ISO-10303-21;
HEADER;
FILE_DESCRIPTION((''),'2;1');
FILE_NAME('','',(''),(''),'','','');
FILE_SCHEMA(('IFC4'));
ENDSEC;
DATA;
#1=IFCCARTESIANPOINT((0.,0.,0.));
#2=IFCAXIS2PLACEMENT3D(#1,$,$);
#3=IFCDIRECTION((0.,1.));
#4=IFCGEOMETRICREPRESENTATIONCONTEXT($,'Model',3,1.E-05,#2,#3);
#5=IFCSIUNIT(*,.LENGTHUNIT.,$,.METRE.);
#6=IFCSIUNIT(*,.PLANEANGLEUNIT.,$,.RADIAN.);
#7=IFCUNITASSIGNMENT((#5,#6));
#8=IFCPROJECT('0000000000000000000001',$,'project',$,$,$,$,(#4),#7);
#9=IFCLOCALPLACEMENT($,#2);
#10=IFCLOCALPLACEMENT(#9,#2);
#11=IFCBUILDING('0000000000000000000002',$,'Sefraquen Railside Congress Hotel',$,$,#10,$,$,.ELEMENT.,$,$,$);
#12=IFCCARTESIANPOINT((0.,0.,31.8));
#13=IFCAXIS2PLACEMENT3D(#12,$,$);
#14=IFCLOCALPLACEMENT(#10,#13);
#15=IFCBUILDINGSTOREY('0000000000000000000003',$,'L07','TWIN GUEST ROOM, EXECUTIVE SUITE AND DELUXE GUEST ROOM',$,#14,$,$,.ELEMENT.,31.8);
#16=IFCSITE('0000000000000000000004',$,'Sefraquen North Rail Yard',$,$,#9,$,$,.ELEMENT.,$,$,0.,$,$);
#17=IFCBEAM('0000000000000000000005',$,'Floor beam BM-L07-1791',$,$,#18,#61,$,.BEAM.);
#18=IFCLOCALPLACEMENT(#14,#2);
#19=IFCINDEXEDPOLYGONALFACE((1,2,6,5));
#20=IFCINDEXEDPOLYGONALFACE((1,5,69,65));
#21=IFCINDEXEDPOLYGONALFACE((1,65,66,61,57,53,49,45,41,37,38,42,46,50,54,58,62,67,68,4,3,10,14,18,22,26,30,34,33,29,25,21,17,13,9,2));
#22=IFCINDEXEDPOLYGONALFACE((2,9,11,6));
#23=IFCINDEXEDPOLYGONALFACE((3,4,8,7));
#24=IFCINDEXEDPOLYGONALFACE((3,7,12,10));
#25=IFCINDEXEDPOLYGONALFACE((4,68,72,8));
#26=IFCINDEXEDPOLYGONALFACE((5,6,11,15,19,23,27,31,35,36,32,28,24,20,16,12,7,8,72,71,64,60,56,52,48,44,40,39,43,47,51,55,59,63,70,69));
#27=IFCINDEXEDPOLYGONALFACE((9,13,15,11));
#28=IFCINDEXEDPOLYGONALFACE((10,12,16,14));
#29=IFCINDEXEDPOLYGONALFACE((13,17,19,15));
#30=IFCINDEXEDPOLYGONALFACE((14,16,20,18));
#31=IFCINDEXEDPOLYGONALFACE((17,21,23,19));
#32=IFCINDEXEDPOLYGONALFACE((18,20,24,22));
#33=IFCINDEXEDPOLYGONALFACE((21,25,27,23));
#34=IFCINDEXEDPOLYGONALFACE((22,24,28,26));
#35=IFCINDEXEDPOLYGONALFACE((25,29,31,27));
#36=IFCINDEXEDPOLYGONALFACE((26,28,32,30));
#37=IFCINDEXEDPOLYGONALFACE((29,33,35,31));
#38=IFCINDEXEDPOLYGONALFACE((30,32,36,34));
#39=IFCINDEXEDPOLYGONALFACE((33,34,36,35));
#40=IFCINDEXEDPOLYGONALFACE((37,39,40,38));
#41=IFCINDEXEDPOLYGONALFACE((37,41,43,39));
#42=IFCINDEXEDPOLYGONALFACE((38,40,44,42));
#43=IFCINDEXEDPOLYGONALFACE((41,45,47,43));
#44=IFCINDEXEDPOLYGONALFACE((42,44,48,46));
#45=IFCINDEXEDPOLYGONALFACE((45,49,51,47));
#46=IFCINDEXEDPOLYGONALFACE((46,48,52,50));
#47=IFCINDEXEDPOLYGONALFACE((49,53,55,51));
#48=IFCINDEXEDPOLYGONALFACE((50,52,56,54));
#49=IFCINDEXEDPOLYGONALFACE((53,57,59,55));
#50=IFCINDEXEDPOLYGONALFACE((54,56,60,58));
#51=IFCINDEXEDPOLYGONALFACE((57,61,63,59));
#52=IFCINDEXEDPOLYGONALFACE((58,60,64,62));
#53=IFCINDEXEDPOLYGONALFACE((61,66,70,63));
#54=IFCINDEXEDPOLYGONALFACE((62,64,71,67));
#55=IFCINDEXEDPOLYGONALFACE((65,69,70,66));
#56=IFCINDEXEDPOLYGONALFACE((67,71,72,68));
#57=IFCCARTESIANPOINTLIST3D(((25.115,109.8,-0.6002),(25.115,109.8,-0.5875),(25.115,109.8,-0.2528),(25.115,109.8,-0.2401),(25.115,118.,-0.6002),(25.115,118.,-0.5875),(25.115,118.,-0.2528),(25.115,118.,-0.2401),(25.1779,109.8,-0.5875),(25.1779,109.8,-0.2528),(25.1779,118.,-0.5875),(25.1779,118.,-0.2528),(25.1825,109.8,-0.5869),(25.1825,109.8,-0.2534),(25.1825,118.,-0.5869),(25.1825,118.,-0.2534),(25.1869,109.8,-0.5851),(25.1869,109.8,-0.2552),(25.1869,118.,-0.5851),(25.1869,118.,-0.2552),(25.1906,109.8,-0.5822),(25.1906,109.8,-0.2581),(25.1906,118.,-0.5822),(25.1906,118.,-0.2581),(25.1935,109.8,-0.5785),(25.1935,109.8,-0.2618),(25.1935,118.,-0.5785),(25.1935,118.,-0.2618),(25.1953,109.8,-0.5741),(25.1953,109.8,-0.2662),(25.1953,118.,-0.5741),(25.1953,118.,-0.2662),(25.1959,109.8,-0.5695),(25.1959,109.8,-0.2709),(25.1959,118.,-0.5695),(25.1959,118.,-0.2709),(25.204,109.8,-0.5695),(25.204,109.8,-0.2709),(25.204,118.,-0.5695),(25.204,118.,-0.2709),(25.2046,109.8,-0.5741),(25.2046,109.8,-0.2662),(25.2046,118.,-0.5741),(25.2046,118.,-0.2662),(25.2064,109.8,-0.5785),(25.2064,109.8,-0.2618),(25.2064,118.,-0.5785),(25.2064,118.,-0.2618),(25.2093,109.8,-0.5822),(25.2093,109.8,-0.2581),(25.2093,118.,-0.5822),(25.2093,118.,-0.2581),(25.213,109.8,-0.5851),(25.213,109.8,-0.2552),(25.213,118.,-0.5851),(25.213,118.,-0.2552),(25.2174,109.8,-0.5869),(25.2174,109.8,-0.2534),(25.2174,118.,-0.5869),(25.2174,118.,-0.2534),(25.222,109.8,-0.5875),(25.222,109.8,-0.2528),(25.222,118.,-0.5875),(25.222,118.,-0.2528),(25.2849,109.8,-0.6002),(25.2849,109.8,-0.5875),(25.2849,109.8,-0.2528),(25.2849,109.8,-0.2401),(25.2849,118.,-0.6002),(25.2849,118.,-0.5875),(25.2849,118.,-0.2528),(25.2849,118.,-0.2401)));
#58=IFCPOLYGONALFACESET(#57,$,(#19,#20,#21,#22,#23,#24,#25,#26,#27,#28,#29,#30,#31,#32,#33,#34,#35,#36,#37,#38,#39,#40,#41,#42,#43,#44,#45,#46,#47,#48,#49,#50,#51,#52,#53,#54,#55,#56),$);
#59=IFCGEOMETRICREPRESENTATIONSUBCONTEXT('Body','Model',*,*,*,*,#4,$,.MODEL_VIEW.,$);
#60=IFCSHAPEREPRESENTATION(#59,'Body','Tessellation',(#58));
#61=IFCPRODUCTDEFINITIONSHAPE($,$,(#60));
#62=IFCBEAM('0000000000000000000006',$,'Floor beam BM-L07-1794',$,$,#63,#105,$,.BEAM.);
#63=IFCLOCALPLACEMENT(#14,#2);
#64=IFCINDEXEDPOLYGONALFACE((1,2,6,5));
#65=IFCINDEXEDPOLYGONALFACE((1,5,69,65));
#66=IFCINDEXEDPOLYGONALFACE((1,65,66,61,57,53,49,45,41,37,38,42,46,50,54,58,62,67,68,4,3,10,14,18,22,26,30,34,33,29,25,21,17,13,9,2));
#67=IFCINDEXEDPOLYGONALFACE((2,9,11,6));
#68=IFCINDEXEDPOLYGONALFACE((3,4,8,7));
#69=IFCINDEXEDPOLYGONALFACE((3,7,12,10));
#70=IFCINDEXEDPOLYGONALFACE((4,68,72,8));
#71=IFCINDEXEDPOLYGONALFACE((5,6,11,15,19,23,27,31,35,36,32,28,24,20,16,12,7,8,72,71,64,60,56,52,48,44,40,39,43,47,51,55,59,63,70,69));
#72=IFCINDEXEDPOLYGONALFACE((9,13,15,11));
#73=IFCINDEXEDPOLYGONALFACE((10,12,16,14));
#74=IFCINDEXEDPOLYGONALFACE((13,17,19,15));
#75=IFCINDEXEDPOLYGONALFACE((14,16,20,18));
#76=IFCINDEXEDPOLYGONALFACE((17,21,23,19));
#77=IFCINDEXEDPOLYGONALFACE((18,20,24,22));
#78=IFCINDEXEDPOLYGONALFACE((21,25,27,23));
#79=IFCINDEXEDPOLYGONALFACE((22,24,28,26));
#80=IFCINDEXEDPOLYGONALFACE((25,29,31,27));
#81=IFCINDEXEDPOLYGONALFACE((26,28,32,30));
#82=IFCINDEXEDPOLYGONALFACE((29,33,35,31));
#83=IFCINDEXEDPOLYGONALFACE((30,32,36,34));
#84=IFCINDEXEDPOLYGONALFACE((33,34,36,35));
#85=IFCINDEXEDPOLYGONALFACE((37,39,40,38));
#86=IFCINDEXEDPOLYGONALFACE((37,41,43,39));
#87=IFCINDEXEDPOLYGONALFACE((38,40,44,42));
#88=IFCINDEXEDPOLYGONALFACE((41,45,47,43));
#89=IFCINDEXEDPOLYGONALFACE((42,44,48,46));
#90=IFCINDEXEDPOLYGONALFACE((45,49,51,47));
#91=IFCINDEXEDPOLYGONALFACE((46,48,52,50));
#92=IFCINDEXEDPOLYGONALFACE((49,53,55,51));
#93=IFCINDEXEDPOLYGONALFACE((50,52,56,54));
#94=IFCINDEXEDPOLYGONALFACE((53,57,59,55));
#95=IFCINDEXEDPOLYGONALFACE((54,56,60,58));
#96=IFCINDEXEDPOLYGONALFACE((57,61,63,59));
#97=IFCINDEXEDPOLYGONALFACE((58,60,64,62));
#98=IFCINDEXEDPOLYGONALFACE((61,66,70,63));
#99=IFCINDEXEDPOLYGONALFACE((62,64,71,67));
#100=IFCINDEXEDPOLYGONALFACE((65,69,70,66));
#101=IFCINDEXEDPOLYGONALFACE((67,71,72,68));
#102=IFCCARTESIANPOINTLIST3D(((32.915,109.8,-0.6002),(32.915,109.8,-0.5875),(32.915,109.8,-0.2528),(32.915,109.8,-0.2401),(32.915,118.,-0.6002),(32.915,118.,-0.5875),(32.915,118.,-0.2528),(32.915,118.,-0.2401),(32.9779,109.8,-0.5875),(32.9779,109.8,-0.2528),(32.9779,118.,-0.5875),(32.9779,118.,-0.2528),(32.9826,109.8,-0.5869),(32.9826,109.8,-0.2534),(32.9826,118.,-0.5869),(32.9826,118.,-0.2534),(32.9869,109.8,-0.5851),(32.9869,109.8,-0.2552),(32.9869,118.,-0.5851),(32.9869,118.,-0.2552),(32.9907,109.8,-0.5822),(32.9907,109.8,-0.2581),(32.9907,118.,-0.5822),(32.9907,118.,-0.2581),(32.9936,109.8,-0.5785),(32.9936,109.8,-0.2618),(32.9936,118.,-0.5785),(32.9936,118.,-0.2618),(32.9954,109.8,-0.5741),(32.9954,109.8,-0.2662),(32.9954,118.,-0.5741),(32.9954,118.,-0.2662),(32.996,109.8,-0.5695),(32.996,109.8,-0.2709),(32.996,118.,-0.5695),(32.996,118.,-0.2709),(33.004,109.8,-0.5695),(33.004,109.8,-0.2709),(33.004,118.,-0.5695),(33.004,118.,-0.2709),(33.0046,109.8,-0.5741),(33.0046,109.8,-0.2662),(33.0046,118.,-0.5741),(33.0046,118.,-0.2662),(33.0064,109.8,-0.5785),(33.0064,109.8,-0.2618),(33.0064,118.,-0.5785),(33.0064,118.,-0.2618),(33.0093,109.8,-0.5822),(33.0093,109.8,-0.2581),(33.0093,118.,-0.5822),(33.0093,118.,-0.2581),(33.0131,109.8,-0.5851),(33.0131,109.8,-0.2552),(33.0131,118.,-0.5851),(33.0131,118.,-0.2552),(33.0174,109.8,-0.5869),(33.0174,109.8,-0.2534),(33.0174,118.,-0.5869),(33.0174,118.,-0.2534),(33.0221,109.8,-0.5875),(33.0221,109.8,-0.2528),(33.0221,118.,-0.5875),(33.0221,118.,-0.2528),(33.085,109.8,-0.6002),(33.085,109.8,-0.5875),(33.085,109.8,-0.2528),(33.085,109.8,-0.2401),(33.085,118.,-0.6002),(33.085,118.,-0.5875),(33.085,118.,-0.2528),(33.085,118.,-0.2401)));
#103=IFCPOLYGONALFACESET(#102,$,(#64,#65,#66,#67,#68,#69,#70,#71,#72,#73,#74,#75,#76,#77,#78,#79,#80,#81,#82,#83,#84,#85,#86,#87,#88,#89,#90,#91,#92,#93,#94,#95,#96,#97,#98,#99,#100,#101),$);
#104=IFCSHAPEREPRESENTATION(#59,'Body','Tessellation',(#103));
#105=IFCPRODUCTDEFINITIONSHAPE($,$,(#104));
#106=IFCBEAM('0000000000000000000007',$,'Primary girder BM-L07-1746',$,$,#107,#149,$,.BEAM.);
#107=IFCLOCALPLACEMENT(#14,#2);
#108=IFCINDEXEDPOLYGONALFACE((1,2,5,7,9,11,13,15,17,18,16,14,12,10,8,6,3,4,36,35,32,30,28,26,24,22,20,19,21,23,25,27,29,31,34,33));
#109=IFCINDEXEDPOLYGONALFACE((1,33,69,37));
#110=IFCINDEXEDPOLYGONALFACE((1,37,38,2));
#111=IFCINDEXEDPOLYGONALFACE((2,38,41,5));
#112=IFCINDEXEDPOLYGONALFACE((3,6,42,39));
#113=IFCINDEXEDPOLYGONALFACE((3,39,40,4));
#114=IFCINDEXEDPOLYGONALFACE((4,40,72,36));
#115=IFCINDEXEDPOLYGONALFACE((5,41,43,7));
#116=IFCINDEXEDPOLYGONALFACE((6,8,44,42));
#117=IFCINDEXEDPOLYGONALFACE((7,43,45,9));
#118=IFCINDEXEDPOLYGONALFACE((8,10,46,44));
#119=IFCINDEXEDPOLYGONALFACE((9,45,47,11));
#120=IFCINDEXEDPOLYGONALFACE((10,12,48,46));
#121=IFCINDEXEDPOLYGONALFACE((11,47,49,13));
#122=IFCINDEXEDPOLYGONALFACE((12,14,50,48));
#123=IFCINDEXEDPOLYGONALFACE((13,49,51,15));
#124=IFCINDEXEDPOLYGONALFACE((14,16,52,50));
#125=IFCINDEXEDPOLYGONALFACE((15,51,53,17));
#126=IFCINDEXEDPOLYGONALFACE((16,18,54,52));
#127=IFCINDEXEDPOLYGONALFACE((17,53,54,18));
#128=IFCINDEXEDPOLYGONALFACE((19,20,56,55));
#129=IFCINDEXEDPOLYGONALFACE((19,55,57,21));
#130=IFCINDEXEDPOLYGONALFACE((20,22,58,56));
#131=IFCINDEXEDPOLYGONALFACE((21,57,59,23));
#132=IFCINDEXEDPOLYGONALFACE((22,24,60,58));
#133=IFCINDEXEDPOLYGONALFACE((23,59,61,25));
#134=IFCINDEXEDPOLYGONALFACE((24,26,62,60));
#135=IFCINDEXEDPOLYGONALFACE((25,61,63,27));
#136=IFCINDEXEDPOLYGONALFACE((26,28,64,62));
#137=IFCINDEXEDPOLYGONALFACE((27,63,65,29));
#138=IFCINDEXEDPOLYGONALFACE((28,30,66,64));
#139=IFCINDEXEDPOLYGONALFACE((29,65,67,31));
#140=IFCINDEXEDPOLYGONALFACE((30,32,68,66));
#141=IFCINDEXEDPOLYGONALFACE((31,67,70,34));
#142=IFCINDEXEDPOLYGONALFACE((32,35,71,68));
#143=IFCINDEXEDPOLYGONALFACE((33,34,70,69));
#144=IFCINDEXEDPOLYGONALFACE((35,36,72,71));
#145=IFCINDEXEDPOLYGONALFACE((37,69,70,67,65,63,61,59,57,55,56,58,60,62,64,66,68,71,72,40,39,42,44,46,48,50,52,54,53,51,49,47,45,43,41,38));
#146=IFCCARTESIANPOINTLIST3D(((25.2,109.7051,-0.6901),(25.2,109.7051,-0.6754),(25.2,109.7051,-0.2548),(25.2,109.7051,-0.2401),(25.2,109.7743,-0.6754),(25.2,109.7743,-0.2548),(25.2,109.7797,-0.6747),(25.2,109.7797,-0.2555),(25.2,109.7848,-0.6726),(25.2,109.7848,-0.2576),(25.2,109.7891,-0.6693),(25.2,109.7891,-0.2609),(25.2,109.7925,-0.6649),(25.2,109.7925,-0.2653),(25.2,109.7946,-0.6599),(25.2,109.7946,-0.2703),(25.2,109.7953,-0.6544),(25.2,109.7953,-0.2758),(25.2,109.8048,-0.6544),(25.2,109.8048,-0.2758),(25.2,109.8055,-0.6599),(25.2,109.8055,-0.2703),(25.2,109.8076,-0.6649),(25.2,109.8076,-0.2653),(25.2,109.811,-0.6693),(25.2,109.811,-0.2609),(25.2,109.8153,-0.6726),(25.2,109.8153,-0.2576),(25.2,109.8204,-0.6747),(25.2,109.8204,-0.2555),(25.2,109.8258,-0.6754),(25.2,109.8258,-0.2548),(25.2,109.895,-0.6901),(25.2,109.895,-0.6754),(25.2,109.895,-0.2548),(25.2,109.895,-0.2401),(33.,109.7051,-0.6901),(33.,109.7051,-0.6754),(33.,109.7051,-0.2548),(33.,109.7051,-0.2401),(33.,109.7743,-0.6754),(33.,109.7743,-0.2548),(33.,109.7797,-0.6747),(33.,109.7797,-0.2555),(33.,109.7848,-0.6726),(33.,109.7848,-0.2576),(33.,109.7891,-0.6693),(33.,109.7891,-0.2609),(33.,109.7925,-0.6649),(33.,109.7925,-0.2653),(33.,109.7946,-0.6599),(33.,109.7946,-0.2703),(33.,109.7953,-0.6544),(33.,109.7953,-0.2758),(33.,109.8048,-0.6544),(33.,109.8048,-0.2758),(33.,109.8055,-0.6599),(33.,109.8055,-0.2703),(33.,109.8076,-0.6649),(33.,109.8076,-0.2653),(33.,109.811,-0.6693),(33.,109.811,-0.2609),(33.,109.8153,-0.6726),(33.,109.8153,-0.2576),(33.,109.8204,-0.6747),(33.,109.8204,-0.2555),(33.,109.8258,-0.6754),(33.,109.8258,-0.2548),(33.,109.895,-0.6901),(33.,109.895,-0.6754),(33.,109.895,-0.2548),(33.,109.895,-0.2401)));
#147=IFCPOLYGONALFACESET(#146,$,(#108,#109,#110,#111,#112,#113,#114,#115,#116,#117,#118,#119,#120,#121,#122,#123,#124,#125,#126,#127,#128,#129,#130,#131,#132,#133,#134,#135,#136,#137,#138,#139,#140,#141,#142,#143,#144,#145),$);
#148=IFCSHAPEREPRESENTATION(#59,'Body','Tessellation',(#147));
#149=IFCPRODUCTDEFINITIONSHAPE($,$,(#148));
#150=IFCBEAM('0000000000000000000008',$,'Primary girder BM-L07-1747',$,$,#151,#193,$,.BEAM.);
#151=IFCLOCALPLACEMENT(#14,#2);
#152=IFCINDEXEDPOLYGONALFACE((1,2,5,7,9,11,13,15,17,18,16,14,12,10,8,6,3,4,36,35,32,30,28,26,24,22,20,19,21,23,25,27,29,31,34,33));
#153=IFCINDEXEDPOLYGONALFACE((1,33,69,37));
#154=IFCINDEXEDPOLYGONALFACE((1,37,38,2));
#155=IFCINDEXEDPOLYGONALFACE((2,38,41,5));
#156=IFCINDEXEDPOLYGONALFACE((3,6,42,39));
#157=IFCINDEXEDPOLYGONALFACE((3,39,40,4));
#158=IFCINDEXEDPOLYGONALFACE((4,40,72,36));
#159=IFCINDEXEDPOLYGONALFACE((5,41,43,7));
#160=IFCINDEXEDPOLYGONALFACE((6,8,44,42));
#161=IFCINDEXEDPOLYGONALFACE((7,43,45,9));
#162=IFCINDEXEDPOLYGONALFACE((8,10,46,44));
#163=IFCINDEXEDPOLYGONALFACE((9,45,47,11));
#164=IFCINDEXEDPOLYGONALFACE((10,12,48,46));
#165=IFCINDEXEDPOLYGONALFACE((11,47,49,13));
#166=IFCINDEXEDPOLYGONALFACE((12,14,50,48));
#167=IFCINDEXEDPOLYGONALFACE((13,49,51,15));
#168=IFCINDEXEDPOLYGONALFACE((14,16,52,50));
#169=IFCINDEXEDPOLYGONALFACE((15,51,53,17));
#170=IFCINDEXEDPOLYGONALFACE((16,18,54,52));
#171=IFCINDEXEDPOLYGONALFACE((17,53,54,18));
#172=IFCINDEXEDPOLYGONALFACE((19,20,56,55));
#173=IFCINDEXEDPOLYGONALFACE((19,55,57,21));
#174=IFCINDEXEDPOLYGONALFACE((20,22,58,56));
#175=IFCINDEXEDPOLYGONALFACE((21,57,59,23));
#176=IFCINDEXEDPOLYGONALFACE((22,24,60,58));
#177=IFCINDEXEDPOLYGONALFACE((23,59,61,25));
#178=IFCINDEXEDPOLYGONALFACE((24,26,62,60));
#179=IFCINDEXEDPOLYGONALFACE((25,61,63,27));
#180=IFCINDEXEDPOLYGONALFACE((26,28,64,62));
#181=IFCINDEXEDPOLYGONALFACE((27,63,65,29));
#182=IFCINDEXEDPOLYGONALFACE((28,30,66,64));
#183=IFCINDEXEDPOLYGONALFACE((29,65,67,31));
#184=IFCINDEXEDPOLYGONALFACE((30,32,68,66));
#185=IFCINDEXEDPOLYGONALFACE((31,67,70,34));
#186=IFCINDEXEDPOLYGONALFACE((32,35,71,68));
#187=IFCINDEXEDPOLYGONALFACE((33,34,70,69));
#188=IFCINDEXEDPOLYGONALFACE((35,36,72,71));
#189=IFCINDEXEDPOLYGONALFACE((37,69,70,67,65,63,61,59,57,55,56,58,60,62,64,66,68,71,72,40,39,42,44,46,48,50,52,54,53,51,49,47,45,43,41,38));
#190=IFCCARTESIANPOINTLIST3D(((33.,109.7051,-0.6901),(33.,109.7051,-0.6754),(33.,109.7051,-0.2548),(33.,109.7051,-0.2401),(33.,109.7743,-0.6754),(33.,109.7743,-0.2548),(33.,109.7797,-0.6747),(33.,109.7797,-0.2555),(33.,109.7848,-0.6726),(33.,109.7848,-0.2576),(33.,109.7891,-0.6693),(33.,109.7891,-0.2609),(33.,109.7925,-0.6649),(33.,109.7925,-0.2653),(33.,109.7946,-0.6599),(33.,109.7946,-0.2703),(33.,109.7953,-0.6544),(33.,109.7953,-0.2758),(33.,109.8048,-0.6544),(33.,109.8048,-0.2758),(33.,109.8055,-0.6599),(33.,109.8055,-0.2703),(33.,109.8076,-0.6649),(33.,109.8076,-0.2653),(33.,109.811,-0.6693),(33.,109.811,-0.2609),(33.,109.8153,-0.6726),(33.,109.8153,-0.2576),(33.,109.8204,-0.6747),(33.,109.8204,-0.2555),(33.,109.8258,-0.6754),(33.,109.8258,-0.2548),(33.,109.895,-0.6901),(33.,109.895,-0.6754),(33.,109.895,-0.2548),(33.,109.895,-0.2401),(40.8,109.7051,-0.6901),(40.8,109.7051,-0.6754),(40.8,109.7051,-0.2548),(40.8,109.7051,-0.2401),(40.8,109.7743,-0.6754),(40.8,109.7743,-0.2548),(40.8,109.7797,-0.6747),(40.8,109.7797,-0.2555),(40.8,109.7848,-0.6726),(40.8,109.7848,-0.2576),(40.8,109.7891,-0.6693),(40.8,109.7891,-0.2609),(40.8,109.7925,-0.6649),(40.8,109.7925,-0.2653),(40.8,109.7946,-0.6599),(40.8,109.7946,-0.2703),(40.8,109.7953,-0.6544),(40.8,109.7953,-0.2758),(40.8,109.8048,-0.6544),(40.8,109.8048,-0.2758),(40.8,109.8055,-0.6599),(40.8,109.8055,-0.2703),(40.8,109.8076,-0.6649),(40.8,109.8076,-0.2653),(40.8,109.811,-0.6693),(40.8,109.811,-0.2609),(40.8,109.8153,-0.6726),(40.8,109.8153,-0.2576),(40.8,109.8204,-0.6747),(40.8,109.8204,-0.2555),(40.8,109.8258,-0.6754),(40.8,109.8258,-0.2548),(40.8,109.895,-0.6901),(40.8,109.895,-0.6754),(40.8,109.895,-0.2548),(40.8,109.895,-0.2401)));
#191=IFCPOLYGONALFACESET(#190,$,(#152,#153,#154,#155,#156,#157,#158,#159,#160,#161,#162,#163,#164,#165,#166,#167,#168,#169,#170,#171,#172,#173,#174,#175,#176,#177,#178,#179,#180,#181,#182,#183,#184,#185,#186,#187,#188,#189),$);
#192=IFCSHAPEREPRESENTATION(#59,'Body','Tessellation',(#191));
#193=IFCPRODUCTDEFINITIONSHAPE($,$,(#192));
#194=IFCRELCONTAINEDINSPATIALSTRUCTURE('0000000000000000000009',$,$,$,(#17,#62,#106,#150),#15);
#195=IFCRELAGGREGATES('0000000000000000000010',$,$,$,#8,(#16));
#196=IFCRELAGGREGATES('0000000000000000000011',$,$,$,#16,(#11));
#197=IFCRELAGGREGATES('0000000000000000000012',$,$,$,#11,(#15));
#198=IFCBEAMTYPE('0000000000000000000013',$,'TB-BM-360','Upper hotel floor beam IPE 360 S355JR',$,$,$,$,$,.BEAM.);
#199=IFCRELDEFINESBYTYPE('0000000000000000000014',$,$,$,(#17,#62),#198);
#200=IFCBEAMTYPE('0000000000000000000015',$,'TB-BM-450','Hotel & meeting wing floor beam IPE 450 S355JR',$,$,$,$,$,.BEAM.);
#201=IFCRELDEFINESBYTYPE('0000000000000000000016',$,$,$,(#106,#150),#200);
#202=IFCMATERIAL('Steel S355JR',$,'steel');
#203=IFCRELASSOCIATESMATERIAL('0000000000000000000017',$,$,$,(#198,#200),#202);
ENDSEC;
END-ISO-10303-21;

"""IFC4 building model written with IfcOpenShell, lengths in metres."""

from ifc_helpers import new_model, si_unit, direction, frame, origin, origin_2d, place, context, subcontext, project, spatial, i_section, extrude, material, material_profile, profile_set, type_object, element, save


model = new_model("IFC4")

# Units and contexts
model_context = context("Model", 3, precision=1e-05, world=origin(), true_north=direction((0.0, 1.0)))
body_context = subcontext(model_context, "Body", "Model", "MODEL_VIEW")
ifc_project = project(units=[si_unit("LENGTHUNIT", "METRE"), si_unit("PLANEANGLEUNIT", "RADIAN")], contexts=[model_context])

# Site, building, storey
site_placement = place(None, origin())
site = spatial("IfcSite", under=ifc_project, at=site_placement, Name="Sefraquen North Rail Yard", CompositionType="ELEMENT", RefElevation=0.0)
building_placement = place(site_placement, origin())
building = spatial("IfcBuilding", under=site, at=building_placement, Name="Sefraquen Railside Congress Hotel", CompositionType="ELEMENT")
storey_placement = place(building_placement, frame((0.0, 0.0, 31.8)))
storey = spatial("IfcBuildingStorey", under=building, at=storey_placement, Name="L07", Description="TWIN GUEST ROOM, EXECUTIVE SUITE AND DELUXE GUEST ROOM", CompositionType="ELEMENT", Elevation=31.8)

# Shared definitions
ifc_material_1 = material(Name="Steel S355JR", Category="steel")

# Beams
ifc_material_profile_1 = material_profile(ifc_material_1, i_section(OverallWidth=0.1699, OverallDepth=0.3601, WebThickness=0.0081, FlangeThickness=0.0127, FilletRadius=0.0181, at=origin_2d()), Name="IPE 360")
ifc_profile_set_1 = profile_set([ifc_material_profile_1], Name="Steel S355JR")
beam_type_1 = type_object("IfcBeamType", Name="TB-BM-360", Description="Upper hotel floor beam IPE 360 S355JR", PredefinedType="BEAM", material=ifc_profile_set_1)
for number, where, z_axis, x_axis, name in (
    (1, (25.2, 109.8, -0.4202), (0.0, 1.0, 0.0), (-1.0, 0.0, 0.0), "Floor beam BM-L07-1791"),
    (2, (33.0, 109.8, -0.4202), (0.0, 1.0, 0.0), (-1.0, 0.0, 0.0), "Floor beam BM-L07-1794"),
):
    element("IfcBeam", number, at=place(storey_placement, frame(where, z_axis=z_axis, x_axis=x_axis)), inside=storey, type_object=beam_type_1, Name=name, PredefinedType="BEAM", context=body_context, shape_type="SweptSolid", body=[
        extrude(i_section(OverallWidth=0.1699, OverallDepth=0.3601, WebThickness=0.0081, FlangeThickness=0.0127, FilletRadius=0.0181, at=origin_2d()), origin(), (0.0, 0.0, 1.0), 8.2),
    ])
ifc_material_profile_2 = material_profile(ifc_material_1, i_section(OverallWidth=0.1899, OverallDepth=0.45, WebThickness=0.0095, FlangeThickness=0.0146, FilletRadius=0.021, at=origin_2d()), Name="IPE 450")
ifc_profile_set_2 = profile_set([ifc_material_profile_2], Name="Steel S355JR")
beam_type_2 = type_object("IfcBeamType", Name="TB-BM-450", Description="Hotel & meeting wing floor beam IPE 450 S355JR", PredefinedType="BEAM", material=ifc_profile_set_2)
for number, where, z_axis, x_axis, name in (
    (3, (25.2, 109.8, -0.4651), (1.0, 0.0, 0.0), (0.0, 1.0, 0.0), "Primary girder BM-L07-1746"),
    (4, (33.0, 109.8, -0.4651), (1.0, 0.0, 0.0), (0.0, 1.0, 0.0), "Primary girder BM-L07-1747"),
):
    element("IfcBeam", number, at=place(storey_placement, frame(where, z_axis=z_axis, x_axis=x_axis)), inside=storey, type_object=beam_type_2, Name=name, PredefinedType="BEAM", context=body_context, shape_type="SweptSolid", body=[
        extrude(i_section(OverallWidth=0.1899, OverallDepth=0.45, WebThickness=0.0095, FlangeThickness=0.0146, FilletRadius=0.021, at=origin_2d()), origin(), (0.0, 0.0, 1.0), 7.8),
    ])

save(model, "model.ifc")
